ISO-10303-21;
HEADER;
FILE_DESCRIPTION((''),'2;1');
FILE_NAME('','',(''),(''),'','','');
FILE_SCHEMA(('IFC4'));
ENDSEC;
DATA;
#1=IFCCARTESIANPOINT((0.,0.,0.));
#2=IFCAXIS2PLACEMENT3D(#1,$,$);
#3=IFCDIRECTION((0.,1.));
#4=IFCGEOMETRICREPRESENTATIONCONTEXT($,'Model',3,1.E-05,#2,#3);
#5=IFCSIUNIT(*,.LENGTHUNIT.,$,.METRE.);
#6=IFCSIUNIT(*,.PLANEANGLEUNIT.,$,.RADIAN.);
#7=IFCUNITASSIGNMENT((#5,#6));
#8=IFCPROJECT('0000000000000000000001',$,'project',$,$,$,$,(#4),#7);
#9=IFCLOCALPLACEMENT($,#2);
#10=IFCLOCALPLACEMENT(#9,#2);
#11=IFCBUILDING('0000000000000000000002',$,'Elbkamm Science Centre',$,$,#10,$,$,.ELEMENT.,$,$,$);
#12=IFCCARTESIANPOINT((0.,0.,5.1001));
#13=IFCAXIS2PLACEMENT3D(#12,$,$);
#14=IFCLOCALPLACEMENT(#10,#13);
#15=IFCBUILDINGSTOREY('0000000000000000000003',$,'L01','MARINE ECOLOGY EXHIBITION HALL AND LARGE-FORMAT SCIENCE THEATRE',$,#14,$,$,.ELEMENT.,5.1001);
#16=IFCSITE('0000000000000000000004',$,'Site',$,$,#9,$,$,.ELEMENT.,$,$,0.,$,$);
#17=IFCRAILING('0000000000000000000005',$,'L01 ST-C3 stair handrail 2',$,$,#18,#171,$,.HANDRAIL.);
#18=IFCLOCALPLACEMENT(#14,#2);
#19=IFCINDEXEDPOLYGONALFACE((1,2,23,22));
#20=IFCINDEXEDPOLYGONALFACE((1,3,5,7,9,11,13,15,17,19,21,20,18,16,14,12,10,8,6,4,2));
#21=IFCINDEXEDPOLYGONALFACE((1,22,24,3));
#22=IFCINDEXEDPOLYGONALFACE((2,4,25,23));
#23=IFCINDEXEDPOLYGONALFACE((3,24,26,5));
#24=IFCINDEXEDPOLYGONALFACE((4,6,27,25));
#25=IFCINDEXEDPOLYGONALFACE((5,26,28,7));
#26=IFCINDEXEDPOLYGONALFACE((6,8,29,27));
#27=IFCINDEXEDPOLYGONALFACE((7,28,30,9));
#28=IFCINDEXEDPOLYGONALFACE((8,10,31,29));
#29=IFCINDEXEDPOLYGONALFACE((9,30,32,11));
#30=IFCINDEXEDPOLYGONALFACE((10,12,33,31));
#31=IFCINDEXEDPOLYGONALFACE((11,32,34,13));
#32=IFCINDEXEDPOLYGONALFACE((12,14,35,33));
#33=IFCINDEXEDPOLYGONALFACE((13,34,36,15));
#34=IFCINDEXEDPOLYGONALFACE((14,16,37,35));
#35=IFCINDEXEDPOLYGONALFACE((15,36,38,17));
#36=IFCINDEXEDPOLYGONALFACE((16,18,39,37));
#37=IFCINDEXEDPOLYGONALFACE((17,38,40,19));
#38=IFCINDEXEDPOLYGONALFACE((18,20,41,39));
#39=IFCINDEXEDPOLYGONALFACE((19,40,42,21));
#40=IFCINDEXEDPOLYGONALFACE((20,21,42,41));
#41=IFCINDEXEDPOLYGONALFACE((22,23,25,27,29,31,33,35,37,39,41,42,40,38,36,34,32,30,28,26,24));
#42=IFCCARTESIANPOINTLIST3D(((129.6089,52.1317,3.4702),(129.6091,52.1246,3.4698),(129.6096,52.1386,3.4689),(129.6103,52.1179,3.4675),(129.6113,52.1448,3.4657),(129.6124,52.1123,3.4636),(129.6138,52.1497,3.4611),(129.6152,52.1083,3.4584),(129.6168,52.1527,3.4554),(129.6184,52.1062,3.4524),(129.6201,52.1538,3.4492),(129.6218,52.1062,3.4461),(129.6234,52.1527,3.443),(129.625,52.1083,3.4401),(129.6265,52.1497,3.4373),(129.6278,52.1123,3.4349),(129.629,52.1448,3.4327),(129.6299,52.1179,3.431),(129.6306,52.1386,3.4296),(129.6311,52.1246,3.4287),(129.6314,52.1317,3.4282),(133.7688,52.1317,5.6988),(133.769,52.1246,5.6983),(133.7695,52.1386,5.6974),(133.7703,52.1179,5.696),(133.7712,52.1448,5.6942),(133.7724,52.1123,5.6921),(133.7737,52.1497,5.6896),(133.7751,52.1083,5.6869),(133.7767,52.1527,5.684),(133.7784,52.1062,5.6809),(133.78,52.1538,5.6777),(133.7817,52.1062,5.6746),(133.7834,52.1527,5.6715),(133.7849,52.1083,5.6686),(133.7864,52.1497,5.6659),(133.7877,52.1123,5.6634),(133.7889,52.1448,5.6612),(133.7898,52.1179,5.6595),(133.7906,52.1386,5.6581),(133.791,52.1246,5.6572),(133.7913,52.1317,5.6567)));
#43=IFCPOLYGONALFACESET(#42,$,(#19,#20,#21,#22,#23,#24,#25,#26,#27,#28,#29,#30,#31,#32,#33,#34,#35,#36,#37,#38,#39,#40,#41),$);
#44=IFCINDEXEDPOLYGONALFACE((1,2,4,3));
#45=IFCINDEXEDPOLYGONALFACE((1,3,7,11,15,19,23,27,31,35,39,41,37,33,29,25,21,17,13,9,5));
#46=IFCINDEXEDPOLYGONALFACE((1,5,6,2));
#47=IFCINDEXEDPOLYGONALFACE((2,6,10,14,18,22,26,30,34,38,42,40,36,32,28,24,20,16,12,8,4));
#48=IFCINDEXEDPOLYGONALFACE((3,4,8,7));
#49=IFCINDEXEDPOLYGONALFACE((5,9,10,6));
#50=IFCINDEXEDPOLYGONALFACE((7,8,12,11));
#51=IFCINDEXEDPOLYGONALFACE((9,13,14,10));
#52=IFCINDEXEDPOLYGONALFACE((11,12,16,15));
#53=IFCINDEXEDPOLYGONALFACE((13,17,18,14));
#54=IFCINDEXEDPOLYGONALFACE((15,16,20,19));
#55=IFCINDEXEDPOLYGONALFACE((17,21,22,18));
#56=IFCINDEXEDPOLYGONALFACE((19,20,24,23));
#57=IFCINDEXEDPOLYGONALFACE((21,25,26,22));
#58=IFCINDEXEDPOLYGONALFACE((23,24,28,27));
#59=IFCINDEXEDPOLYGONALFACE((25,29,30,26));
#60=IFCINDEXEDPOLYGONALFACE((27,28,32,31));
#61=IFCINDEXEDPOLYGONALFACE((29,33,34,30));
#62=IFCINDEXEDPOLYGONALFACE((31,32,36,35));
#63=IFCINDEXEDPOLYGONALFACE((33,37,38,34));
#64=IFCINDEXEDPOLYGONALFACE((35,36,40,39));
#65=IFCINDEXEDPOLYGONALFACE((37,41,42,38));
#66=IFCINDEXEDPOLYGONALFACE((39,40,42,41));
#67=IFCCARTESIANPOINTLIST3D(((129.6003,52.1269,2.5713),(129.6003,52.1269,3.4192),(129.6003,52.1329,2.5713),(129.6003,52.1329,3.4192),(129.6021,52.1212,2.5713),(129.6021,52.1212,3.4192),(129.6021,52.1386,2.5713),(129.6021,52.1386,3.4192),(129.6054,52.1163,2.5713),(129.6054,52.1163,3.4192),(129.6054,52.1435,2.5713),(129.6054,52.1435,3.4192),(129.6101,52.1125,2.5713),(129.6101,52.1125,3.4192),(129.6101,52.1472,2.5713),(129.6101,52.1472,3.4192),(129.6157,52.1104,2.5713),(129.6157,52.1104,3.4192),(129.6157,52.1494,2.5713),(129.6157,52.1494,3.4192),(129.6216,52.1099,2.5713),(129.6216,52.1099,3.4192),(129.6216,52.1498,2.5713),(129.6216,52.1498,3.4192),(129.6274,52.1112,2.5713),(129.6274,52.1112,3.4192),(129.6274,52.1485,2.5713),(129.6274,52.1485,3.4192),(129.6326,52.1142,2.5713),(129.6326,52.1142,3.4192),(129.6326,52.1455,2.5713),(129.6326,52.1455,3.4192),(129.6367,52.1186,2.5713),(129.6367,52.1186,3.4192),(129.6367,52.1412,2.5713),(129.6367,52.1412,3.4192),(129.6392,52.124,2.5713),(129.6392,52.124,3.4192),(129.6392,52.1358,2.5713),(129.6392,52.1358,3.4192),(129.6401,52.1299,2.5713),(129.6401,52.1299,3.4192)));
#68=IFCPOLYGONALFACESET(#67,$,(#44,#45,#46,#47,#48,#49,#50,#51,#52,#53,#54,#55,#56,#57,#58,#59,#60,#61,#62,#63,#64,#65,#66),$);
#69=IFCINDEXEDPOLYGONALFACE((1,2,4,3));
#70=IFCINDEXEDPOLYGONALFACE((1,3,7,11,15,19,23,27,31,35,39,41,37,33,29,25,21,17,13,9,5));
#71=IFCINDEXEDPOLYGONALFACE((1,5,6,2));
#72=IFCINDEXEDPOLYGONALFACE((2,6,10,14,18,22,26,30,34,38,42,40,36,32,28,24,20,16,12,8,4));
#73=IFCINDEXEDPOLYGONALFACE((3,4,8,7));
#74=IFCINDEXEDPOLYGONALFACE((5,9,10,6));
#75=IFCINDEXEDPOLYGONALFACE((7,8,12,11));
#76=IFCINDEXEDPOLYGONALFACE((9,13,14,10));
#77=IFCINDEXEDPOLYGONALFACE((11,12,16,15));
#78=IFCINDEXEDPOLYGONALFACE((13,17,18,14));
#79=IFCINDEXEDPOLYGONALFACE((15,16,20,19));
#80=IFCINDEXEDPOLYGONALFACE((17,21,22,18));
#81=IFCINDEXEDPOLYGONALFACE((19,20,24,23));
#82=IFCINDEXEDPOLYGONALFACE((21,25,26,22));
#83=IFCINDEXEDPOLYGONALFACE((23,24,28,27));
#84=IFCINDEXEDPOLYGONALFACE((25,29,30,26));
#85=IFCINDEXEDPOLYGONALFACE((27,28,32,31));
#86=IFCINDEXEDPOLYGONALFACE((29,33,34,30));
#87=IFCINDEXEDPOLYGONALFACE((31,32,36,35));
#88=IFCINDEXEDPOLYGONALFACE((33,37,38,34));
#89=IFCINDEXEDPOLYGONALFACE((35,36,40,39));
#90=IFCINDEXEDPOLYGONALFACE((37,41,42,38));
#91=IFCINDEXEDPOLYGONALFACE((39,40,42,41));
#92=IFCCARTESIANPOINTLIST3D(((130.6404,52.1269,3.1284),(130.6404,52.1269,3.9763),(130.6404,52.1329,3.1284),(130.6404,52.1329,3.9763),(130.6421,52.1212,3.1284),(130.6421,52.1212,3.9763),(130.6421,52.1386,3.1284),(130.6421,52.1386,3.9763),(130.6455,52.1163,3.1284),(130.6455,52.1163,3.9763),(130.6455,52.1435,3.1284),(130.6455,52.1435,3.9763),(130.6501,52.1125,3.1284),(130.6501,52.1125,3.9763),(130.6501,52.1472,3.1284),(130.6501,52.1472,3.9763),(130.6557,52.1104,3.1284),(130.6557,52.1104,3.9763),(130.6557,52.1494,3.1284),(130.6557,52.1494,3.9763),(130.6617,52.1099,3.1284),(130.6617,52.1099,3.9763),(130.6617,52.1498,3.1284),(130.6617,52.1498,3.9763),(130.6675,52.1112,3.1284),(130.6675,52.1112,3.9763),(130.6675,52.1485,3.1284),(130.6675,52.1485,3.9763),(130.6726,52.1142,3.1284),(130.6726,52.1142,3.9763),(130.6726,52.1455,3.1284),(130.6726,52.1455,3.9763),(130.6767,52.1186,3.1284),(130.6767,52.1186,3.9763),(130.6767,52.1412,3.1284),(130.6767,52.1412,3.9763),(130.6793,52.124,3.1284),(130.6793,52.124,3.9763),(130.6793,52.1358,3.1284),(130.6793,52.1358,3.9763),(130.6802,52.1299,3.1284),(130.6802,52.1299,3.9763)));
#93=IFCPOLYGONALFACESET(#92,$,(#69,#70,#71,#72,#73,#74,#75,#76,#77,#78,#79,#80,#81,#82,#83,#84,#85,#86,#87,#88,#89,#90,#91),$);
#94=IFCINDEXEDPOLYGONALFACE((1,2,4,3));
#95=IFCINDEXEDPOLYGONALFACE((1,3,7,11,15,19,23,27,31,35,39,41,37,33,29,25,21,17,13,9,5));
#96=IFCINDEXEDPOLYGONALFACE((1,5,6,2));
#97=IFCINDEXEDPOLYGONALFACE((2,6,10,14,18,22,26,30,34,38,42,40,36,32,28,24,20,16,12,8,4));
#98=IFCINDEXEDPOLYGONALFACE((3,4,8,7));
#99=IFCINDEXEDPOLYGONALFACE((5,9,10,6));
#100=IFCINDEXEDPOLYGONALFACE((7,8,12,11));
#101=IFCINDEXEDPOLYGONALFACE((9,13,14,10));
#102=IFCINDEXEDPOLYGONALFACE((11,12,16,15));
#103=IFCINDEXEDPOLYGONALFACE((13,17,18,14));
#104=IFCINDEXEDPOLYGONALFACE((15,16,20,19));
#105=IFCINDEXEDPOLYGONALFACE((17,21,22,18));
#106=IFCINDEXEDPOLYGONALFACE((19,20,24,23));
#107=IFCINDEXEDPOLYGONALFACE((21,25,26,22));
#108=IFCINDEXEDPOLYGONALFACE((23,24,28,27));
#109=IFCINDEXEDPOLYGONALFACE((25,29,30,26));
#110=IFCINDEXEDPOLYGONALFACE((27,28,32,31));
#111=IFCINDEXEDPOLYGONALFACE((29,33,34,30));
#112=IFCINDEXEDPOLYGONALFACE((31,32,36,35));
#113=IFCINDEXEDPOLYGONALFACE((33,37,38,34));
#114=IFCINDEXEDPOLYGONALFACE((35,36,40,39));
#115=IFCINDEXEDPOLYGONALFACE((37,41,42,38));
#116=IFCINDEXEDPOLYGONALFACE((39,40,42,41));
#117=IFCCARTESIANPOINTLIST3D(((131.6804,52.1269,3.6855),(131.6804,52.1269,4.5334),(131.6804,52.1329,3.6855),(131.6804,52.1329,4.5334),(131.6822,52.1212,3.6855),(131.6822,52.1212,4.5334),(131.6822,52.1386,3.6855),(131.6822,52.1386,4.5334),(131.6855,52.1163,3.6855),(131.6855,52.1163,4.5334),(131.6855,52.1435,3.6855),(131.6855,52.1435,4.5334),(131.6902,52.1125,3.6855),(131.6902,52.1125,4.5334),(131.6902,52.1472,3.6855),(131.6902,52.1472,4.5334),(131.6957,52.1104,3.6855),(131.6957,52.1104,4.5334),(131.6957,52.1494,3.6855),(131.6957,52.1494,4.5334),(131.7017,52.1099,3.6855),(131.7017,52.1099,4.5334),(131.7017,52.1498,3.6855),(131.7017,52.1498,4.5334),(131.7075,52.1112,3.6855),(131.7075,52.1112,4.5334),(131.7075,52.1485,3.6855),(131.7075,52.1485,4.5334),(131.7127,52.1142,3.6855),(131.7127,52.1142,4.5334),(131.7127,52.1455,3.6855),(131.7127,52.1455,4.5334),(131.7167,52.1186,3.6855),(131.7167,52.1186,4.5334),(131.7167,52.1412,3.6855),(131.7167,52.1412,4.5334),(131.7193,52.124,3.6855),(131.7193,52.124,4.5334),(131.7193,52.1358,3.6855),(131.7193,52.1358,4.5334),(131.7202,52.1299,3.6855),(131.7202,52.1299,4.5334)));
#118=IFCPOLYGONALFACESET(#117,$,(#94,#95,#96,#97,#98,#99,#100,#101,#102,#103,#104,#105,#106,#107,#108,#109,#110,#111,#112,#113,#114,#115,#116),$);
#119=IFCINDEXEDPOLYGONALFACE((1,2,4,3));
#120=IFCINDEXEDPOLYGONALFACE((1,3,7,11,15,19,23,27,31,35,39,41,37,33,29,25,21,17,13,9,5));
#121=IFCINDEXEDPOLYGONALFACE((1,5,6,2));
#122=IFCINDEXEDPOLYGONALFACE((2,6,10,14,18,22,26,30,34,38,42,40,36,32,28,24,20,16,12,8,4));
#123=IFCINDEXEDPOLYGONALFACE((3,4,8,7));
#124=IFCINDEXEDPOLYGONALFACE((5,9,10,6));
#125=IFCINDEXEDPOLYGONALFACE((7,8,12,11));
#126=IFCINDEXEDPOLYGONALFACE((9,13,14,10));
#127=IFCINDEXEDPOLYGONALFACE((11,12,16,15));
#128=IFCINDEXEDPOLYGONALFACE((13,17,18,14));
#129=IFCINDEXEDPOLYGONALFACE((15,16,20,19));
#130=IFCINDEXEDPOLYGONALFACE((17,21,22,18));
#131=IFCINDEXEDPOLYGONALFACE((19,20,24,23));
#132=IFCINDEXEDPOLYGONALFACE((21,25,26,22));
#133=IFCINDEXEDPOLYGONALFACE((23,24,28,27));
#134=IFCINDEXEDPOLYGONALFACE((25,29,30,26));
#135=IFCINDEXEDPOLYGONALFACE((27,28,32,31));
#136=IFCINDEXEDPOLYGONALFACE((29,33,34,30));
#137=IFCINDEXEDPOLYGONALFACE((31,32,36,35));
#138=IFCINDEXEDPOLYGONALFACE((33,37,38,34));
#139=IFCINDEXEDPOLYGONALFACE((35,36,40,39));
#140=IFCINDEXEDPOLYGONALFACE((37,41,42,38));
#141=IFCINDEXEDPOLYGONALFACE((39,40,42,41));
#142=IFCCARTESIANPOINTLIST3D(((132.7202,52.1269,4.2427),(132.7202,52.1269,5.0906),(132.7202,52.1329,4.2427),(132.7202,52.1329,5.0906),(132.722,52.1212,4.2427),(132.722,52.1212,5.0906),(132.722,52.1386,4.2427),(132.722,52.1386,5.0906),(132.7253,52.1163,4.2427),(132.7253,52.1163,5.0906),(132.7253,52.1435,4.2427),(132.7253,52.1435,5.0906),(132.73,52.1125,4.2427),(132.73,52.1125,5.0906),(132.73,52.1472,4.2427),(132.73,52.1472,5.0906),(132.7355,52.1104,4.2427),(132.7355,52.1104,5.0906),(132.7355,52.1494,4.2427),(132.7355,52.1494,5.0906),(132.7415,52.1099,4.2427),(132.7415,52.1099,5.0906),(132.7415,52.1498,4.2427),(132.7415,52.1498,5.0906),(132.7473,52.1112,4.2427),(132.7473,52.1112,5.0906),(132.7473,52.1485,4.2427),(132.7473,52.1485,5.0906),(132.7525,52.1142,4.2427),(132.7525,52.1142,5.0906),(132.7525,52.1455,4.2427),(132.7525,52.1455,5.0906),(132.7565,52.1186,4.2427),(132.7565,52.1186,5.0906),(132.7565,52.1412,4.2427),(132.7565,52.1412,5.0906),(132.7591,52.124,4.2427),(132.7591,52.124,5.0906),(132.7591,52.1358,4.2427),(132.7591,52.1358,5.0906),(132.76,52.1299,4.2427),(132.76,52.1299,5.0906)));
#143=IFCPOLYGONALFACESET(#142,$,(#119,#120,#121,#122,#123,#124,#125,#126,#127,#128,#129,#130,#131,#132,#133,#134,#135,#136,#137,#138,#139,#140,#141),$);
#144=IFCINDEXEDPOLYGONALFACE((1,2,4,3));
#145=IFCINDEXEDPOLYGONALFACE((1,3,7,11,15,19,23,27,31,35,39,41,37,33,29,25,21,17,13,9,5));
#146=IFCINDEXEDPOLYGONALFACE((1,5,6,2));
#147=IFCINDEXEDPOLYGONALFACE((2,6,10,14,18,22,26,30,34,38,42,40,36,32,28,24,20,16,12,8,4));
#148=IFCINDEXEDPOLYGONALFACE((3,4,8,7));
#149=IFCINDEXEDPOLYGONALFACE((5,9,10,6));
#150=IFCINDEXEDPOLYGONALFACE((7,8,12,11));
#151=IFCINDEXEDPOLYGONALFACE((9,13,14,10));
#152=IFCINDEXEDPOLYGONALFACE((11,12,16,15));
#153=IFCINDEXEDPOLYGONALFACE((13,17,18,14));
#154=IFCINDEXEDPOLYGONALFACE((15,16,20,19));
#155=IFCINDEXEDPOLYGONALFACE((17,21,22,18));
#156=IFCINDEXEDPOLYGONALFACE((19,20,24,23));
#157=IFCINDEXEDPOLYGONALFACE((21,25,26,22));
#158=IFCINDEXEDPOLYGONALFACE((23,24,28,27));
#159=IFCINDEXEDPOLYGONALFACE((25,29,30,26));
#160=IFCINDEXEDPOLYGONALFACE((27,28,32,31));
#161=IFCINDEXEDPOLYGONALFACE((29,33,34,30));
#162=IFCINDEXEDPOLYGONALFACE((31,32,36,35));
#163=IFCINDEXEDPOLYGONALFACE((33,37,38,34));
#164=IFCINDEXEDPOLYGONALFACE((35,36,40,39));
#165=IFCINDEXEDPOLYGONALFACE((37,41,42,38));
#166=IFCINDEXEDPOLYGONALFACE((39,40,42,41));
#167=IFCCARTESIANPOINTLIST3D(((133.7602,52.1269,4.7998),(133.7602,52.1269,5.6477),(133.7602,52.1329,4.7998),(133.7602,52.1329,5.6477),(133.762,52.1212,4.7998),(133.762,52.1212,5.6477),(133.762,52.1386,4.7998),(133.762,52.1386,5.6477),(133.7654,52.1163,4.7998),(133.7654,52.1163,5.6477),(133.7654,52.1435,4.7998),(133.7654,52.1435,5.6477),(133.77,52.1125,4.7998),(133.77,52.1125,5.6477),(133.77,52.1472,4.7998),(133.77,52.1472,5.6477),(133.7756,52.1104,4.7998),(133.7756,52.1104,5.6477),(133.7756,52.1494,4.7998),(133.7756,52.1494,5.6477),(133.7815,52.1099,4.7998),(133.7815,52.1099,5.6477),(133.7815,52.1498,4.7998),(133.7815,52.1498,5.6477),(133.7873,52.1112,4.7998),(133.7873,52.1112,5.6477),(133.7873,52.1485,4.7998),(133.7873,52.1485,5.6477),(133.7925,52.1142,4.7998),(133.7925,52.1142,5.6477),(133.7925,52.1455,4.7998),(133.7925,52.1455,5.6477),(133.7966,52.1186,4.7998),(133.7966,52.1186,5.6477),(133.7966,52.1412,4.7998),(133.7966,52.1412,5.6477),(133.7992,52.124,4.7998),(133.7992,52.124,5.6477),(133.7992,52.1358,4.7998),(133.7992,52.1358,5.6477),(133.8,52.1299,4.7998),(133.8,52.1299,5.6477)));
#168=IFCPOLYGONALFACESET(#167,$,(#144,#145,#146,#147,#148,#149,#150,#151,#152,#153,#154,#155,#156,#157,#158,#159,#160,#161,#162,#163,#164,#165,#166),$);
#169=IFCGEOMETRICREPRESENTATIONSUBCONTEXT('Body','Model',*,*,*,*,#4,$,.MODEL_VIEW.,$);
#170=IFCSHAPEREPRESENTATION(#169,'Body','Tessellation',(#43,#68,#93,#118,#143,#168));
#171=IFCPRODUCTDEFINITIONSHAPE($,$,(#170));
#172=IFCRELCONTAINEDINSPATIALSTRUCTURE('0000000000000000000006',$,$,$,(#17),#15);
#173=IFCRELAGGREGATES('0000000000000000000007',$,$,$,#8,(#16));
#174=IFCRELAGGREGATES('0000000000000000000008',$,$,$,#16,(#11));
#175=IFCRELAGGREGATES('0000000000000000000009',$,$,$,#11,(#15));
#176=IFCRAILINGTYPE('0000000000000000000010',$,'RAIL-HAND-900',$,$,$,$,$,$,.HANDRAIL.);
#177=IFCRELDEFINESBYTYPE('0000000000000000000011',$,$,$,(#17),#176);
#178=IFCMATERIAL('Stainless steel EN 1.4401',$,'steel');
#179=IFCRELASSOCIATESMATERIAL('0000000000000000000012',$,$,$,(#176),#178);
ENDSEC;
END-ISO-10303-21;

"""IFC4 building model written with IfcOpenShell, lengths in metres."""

from ifc_helpers import new_model, si_unit, direction, frame, origin, origin_2d, place, context, subcontext, project, spatial, circle, extrude, material, type_object, element, save


model = new_model("IFC4")

# Units and contexts
model_context = context("Model", 3, precision=1e-05, world=origin(), true_north=direction((0.0, 1.0)))
body_context = subcontext(model_context, "Body", "Model", "MODEL_VIEW")
ifc_project = project(units=[si_unit("LENGTHUNIT", "METRE"), si_unit("PLANEANGLEUNIT", "RADIAN")], contexts=[model_context])

# Site, building, storey
site_placement = place(None, origin())
site = spatial("IfcSite", under=ifc_project, at=site_placement, Name="Site", CompositionType="ELEMENT", RefElevation=0.0)
building_placement = place(site_placement, origin())
building = spatial("IfcBuilding", under=site, at=building_placement, Name="Elbkamm Science Centre", CompositionType="ELEMENT")
storey_placement = place(building_placement, frame((0.0, 0.0, 5.1001)))
storey = spatial("IfcBuildingStorey", under=building, at=storey_placement, Name="L01", Description="MARINE ECOLOGY EXHIBITION HALL AND LARGE-FORMAT SCIENCE THEATRE", CompositionType="ELEMENT", Elevation=5.1001)

# Railing
ifc_material_1 = material(Name="Stainless steel EN 1.4401", Category="steel")
railing_type_1 = type_object("IfcRailingType", Name="RAIL-HAND-900", PredefinedType="HANDRAIL", material=ifc_material_1)
railing_1_placement = place(storey_placement, frame((129.6201, 52.1299, 2.5713)))
element("IfcRailing", 1, at=railing_1_placement, inside=storey, type_object=railing_type_1, Name="L01 ST-C3 stair handrail 2", PredefinedType="HANDRAIL", context=body_context, shape_type="SweptSolid", body=[
    extrude(circle(Radius=0.0239, at=origin_2d()), frame((0.0, 0.0, 0.8779), z_axis=(0.881481, 0.0, 0.47222), x_axis=(0.0, 1.0, 0.0)), (0.0, 0.0, 1.0), 4.7192),
    extrude(circle(Radius=0.02, at=origin_2d()), origin(), (0.0, 0.0, 1.0), 0.8479),
    extrude(circle(Radius=0.02, at=origin_2d()), frame((1.04, 0.0, 0.5571)), (0.0, 0.0, 1.0), 0.8479),
    extrude(circle(Radius=0.02, at=origin_2d()), frame((2.0801, 0.0, 1.1143)), (0.0, 0.0, 1.0), 0.8479),
    extrude(circle(Radius=0.02, at=origin_2d()), frame((3.1199, 0.0, 1.6714)), (0.0, 0.0, 1.0), 0.8479),
    extrude(circle(Radius=0.02, at=origin_2d()), frame((4.1599, 0.0, 2.2285)), (0.0, 0.0, 1.0), 0.8479),
])

save(model, "model.ifc")
